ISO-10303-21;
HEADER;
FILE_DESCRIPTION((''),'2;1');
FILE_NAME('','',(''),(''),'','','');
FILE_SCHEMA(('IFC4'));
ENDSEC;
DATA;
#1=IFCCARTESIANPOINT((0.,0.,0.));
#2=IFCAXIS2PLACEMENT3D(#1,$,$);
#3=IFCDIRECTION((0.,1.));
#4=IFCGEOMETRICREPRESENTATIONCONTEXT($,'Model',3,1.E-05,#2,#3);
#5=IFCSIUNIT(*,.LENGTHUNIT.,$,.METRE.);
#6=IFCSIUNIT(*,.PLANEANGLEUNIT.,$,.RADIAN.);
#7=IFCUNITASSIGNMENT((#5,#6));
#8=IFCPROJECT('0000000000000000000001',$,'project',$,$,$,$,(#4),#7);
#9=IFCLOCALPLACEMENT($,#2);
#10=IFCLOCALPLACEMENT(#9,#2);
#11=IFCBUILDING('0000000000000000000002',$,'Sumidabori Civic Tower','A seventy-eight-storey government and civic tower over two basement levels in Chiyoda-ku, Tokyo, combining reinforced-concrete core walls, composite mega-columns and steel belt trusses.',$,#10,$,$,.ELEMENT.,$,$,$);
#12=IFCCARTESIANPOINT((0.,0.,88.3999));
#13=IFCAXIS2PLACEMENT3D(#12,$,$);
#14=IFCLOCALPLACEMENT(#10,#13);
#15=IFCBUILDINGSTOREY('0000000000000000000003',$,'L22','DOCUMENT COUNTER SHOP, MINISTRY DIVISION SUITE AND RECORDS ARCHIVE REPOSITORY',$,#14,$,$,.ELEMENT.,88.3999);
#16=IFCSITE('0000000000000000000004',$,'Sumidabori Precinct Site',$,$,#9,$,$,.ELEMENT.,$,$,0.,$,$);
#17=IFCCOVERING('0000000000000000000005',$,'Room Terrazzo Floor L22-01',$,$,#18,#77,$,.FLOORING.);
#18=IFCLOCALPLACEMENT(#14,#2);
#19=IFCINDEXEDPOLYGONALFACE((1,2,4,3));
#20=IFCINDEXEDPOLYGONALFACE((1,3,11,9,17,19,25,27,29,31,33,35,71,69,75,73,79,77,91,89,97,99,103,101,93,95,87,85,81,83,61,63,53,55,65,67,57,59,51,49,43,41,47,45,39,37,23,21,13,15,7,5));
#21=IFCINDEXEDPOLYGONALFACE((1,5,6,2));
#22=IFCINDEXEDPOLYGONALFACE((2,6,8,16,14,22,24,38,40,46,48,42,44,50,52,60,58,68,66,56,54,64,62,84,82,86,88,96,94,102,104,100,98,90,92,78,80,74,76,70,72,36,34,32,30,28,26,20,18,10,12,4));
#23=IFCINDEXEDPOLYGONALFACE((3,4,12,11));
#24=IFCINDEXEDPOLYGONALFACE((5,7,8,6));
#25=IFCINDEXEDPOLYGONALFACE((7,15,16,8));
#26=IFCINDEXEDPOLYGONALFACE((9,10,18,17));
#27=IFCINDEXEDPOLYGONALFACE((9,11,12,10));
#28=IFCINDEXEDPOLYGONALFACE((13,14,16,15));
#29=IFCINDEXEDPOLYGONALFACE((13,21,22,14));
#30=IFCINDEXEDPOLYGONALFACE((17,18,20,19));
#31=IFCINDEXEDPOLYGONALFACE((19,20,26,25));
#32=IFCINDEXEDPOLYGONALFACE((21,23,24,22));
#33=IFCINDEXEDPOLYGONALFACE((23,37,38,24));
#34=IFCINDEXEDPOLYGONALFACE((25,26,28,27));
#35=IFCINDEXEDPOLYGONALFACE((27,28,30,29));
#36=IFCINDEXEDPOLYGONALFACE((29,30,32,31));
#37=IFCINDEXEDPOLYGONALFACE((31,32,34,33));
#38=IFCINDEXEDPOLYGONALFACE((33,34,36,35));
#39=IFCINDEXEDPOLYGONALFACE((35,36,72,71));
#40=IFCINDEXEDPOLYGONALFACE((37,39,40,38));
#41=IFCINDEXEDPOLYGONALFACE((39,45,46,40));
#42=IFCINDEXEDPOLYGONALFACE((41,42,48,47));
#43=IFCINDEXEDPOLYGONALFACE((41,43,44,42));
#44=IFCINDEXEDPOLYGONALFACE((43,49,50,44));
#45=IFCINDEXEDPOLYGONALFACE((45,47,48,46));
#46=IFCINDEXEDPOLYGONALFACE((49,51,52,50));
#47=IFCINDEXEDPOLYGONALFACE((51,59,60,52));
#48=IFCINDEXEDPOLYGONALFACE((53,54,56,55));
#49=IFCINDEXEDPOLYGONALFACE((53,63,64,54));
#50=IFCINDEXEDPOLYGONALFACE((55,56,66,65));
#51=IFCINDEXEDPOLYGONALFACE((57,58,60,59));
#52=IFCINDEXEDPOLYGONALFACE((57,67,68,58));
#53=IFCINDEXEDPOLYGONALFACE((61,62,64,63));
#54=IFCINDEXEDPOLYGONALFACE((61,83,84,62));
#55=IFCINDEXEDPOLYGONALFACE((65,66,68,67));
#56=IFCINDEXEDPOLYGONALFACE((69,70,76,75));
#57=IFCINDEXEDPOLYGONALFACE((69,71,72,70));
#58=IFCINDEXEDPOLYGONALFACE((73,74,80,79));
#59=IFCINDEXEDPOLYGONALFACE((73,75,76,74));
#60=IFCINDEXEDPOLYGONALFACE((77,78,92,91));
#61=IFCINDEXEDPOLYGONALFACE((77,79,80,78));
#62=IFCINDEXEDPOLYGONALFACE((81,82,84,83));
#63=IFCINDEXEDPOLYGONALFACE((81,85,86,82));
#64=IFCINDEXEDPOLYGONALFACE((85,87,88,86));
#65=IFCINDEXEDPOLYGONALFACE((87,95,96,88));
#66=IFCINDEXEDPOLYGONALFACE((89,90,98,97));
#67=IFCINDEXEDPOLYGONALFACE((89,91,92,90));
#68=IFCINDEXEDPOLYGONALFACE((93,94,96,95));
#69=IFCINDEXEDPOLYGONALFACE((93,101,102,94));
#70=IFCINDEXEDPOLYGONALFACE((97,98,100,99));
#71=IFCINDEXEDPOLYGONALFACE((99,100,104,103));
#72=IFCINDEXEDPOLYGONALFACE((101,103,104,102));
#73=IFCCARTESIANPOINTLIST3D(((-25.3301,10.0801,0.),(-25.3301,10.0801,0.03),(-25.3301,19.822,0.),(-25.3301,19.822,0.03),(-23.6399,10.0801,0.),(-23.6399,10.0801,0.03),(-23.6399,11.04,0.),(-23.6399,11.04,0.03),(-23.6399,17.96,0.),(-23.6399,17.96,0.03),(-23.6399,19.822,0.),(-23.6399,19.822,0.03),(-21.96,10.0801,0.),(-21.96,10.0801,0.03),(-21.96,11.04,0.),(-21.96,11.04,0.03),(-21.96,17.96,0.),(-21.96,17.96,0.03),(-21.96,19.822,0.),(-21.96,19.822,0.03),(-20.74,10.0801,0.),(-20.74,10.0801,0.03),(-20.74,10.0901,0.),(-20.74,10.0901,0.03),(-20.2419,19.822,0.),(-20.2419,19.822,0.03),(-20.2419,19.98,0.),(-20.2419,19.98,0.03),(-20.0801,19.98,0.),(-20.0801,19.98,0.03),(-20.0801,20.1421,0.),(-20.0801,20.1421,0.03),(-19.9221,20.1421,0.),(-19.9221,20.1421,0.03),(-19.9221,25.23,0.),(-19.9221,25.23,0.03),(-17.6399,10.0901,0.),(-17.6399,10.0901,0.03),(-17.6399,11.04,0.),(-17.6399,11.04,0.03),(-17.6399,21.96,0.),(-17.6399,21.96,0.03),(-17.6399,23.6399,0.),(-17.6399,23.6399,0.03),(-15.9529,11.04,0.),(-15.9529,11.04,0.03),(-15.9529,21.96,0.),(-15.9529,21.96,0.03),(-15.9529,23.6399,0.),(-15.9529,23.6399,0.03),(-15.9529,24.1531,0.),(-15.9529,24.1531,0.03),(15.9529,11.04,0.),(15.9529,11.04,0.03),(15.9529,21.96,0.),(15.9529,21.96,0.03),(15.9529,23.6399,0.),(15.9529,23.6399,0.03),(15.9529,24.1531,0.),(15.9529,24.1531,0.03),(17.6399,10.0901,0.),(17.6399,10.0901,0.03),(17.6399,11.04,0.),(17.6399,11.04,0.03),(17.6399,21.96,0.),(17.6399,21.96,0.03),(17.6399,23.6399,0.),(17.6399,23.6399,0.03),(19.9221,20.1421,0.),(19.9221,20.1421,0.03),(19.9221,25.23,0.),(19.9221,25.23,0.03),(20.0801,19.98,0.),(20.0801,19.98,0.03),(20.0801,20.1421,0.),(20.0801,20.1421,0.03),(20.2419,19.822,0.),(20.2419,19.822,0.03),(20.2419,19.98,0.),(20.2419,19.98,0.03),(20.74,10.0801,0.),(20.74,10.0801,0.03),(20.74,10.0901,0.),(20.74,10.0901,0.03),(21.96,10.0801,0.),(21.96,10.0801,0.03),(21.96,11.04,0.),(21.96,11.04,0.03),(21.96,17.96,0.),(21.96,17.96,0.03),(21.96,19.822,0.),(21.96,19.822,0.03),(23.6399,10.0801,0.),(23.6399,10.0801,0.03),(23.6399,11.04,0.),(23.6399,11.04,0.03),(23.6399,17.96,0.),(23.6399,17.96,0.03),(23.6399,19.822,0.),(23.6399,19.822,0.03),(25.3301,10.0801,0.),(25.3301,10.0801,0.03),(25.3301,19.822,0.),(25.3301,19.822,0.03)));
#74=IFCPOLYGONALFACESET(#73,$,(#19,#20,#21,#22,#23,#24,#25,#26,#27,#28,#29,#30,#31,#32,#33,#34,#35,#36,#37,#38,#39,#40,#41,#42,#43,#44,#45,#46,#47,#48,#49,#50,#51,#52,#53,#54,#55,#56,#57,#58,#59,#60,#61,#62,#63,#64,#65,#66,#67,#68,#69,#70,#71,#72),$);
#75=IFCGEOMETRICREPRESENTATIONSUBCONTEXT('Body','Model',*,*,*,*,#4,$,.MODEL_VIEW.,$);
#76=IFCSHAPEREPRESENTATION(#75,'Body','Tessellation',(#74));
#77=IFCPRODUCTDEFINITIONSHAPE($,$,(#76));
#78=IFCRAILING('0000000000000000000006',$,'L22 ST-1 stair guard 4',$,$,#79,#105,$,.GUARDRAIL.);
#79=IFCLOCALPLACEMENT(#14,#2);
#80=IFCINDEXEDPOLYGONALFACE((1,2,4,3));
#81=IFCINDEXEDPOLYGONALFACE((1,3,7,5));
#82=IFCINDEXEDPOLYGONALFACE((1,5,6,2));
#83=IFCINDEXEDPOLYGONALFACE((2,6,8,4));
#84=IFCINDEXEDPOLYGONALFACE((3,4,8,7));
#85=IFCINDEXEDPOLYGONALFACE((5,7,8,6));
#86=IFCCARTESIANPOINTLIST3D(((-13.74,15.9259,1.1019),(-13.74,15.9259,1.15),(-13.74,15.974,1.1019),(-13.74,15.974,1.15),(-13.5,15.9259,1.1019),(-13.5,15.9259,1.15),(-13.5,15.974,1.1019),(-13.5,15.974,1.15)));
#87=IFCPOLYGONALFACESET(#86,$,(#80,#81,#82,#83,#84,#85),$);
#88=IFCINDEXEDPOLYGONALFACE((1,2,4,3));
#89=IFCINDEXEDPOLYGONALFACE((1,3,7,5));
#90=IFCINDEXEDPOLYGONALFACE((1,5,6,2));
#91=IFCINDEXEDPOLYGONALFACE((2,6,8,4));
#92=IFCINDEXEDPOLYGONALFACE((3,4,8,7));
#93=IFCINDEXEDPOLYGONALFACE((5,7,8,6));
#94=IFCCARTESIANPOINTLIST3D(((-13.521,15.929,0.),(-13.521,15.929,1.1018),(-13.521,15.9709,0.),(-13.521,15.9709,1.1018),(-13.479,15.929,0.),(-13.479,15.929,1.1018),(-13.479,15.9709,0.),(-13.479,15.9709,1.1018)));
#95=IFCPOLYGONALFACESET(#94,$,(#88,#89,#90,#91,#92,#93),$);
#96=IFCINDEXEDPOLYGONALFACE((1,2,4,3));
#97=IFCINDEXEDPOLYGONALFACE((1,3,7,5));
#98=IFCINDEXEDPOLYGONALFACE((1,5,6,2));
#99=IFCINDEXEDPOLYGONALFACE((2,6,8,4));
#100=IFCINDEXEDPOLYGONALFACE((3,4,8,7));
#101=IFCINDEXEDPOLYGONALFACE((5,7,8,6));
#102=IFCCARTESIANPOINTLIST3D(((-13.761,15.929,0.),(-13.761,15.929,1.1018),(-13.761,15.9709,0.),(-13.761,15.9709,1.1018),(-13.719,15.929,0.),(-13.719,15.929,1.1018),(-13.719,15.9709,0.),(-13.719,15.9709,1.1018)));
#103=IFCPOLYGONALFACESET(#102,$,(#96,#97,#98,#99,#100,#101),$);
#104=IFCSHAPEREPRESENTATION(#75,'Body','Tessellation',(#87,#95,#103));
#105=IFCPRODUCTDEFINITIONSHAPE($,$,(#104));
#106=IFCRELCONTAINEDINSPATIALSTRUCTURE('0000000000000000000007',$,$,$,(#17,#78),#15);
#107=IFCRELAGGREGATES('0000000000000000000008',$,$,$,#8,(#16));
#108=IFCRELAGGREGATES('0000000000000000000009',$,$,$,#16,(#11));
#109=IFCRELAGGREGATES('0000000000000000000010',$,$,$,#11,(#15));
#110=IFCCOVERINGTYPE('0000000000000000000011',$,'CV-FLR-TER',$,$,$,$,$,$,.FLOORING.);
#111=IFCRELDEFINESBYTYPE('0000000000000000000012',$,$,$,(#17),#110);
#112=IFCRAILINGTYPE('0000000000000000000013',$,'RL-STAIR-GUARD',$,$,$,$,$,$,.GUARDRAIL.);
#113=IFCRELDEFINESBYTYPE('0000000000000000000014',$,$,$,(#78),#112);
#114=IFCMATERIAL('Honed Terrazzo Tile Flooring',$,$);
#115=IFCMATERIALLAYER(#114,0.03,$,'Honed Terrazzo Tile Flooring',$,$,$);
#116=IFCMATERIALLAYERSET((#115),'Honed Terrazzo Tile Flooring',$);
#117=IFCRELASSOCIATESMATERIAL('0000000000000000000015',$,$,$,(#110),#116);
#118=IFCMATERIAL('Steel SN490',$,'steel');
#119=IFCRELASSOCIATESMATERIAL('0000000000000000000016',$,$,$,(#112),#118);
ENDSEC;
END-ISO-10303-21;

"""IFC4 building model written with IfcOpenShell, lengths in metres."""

from ifc_helpers import new_model, si_unit, direction, frame, origin, origin_2d, place, context, subcontext, project, spatial, polyline, rectangle, outline, extrude, material, layer, layer_set, type_object, element, save


model = new_model("IFC4")

# Units and contexts
model_context = context("Model", 3, precision=1e-05, world=origin(), true_north=direction((0.0, 1.0)))
body_context = subcontext(model_context, "Body", "Model", "MODEL_VIEW")
ifc_project = project(units=[si_unit("LENGTHUNIT", "METRE"), si_unit("PLANEANGLEUNIT", "RADIAN")], contexts=[model_context])

# Site, building, storey
site_placement = place(None, origin())
site = spatial("IfcSite", under=ifc_project, at=site_placement, Name="Sumidabori Precinct Site", CompositionType="ELEMENT", RefElevation=0.0)
building_placement = place(site_placement, origin())
building = spatial("IfcBuilding", under=site, at=building_placement, Name="Sumidabori Civic Tower", Description="A seventy-eight-storey government and civic tower over two basement levels in Chiyoda-ku, Tokyo, combining reinforced-concrete core walls, composite mega-columns and steel belt trusses.", CompositionType="ELEMENT")
storey_placement = place(building_placement, frame((0.0, 0.0, 88.3999)))
storey = spatial("IfcBuildingStorey", under=building, at=storey_placement, Name="L22", Description="DOCUMENT COUNTER SHOP, MINISTRY DIVISION SUITE AND RECORDS ARCHIVE REPOSITORY", CompositionType="ELEMENT", Elevation=88.3999)

# Shared definitions
ifc_material_1 = material(Name="Steel SN490", Category="steel")

# Covering
ifc_material_2 = material(Name="Honed Terrazzo Tile Flooring")
ifc_layer_1 = layer(ifc_material_2, 0.03, Name="Honed Terrazzo Tile Flooring")
ifc_layer_set_1 = layer_set([ifc_layer_1], Name="Honed Terrazzo Tile Flooring")
covering_type_1 = type_object("IfcCoveringType", Name="CV-FLR-TER", PredefinedType="FLOORING", material=ifc_layer_set_1)
covering_1_placement = place(storey_placement, origin())
element("IfcCovering", 1, at=covering_1_placement, inside=storey, type_object=covering_type_1, Name="Room Terrazzo Floor L22-01", PredefinedType="FLOORING", context=body_context, shape_type="SweptSolid", body=[
    extrude(outline(polyline([(-25.3301, 10.0801), (-25.3301, 19.822), (-23.6399, 19.822), (-23.6399, 17.96), (-21.96, 17.96), (-21.96, 19.822), (-20.2419, 19.822), (-20.2419, 19.98), (-20.0801, 19.98), (-20.0801, 20.1421), (-19.9221, 20.1421), (-19.9221, 25.23), (19.9221, 25.23), (19.9221, 20.1421), (20.0801, 20.1421), (20.0801, 19.98), (20.2419, 19.98), (20.2419, 19.822), (21.96, 19.822), (21.96, 17.96), (23.6399, 17.96), (23.6399, 19.822), (25.3301, 19.822), (25.3301, 10.0801), (23.6399, 10.0801), (23.6399, 11.04), (21.96, 11.04), (21.96, 10.0801), (20.74, 10.0801), (20.74, 10.0901), (17.6399, 10.0901), (17.6399, 11.04), (15.9529, 11.04), (15.9529, 21.96), (17.6399, 21.96), (17.6399, 23.6399), (15.9529, 23.6399), (15.9529, 24.1531), (-15.9529, 24.1531), (-15.9529, 23.6399), (-17.6399, 23.6399), (-17.6399, 21.96), (-15.9529, 21.96), (-15.9529, 11.04), (-17.6399, 11.04), (-17.6399, 10.0901), (-20.74, 10.0901), (-20.74, 10.0801), (-21.96, 10.0801), (-21.96, 11.04), (-23.6399, 11.04), (-23.6399, 10.0801), (-25.3301, 10.0801)])), origin(), (0.0, 0.0, 1.0), 0.03),
])

# Railing
railing_type = type_object("IfcRailingType", Name="RL-STAIR-GUARD", PredefinedType="GUARDRAIL", material=ifc_material_1)
railing_placement = place(storey_placement, frame((-13.5, 15.95, 0.0)))
element("IfcRailing", 2, at=railing_placement, inside=storey, type_object=railing_type, Name="L22 ST-1 stair guard 4", PredefinedType="GUARDRAIL", context=body_context, shape_type="SweptSolid", body=[
    extrude(rectangle(XDim=0.0481, YDim=0.0481, at=origin_2d()), frame((0.0, 0.0, 1.126), z_axis=(-1.0, 0.0, 0.0), x_axis=(0.0, -1.0, 0.0)), (0.0, 0.0, 1.0), 0.24),
    extrude(rectangle(XDim=0.042, YDim=0.042, at=origin_2d()), origin(), (0.0, 0.0, 1.0), 1.1018),
    extrude(rectangle(XDim=0.042, YDim=0.042, at=origin_2d()), frame((-0.24, 0.0, 0.0)), (0.0, 0.0, 1.0), 1.1018),
])

save(model, "model.ifc")
